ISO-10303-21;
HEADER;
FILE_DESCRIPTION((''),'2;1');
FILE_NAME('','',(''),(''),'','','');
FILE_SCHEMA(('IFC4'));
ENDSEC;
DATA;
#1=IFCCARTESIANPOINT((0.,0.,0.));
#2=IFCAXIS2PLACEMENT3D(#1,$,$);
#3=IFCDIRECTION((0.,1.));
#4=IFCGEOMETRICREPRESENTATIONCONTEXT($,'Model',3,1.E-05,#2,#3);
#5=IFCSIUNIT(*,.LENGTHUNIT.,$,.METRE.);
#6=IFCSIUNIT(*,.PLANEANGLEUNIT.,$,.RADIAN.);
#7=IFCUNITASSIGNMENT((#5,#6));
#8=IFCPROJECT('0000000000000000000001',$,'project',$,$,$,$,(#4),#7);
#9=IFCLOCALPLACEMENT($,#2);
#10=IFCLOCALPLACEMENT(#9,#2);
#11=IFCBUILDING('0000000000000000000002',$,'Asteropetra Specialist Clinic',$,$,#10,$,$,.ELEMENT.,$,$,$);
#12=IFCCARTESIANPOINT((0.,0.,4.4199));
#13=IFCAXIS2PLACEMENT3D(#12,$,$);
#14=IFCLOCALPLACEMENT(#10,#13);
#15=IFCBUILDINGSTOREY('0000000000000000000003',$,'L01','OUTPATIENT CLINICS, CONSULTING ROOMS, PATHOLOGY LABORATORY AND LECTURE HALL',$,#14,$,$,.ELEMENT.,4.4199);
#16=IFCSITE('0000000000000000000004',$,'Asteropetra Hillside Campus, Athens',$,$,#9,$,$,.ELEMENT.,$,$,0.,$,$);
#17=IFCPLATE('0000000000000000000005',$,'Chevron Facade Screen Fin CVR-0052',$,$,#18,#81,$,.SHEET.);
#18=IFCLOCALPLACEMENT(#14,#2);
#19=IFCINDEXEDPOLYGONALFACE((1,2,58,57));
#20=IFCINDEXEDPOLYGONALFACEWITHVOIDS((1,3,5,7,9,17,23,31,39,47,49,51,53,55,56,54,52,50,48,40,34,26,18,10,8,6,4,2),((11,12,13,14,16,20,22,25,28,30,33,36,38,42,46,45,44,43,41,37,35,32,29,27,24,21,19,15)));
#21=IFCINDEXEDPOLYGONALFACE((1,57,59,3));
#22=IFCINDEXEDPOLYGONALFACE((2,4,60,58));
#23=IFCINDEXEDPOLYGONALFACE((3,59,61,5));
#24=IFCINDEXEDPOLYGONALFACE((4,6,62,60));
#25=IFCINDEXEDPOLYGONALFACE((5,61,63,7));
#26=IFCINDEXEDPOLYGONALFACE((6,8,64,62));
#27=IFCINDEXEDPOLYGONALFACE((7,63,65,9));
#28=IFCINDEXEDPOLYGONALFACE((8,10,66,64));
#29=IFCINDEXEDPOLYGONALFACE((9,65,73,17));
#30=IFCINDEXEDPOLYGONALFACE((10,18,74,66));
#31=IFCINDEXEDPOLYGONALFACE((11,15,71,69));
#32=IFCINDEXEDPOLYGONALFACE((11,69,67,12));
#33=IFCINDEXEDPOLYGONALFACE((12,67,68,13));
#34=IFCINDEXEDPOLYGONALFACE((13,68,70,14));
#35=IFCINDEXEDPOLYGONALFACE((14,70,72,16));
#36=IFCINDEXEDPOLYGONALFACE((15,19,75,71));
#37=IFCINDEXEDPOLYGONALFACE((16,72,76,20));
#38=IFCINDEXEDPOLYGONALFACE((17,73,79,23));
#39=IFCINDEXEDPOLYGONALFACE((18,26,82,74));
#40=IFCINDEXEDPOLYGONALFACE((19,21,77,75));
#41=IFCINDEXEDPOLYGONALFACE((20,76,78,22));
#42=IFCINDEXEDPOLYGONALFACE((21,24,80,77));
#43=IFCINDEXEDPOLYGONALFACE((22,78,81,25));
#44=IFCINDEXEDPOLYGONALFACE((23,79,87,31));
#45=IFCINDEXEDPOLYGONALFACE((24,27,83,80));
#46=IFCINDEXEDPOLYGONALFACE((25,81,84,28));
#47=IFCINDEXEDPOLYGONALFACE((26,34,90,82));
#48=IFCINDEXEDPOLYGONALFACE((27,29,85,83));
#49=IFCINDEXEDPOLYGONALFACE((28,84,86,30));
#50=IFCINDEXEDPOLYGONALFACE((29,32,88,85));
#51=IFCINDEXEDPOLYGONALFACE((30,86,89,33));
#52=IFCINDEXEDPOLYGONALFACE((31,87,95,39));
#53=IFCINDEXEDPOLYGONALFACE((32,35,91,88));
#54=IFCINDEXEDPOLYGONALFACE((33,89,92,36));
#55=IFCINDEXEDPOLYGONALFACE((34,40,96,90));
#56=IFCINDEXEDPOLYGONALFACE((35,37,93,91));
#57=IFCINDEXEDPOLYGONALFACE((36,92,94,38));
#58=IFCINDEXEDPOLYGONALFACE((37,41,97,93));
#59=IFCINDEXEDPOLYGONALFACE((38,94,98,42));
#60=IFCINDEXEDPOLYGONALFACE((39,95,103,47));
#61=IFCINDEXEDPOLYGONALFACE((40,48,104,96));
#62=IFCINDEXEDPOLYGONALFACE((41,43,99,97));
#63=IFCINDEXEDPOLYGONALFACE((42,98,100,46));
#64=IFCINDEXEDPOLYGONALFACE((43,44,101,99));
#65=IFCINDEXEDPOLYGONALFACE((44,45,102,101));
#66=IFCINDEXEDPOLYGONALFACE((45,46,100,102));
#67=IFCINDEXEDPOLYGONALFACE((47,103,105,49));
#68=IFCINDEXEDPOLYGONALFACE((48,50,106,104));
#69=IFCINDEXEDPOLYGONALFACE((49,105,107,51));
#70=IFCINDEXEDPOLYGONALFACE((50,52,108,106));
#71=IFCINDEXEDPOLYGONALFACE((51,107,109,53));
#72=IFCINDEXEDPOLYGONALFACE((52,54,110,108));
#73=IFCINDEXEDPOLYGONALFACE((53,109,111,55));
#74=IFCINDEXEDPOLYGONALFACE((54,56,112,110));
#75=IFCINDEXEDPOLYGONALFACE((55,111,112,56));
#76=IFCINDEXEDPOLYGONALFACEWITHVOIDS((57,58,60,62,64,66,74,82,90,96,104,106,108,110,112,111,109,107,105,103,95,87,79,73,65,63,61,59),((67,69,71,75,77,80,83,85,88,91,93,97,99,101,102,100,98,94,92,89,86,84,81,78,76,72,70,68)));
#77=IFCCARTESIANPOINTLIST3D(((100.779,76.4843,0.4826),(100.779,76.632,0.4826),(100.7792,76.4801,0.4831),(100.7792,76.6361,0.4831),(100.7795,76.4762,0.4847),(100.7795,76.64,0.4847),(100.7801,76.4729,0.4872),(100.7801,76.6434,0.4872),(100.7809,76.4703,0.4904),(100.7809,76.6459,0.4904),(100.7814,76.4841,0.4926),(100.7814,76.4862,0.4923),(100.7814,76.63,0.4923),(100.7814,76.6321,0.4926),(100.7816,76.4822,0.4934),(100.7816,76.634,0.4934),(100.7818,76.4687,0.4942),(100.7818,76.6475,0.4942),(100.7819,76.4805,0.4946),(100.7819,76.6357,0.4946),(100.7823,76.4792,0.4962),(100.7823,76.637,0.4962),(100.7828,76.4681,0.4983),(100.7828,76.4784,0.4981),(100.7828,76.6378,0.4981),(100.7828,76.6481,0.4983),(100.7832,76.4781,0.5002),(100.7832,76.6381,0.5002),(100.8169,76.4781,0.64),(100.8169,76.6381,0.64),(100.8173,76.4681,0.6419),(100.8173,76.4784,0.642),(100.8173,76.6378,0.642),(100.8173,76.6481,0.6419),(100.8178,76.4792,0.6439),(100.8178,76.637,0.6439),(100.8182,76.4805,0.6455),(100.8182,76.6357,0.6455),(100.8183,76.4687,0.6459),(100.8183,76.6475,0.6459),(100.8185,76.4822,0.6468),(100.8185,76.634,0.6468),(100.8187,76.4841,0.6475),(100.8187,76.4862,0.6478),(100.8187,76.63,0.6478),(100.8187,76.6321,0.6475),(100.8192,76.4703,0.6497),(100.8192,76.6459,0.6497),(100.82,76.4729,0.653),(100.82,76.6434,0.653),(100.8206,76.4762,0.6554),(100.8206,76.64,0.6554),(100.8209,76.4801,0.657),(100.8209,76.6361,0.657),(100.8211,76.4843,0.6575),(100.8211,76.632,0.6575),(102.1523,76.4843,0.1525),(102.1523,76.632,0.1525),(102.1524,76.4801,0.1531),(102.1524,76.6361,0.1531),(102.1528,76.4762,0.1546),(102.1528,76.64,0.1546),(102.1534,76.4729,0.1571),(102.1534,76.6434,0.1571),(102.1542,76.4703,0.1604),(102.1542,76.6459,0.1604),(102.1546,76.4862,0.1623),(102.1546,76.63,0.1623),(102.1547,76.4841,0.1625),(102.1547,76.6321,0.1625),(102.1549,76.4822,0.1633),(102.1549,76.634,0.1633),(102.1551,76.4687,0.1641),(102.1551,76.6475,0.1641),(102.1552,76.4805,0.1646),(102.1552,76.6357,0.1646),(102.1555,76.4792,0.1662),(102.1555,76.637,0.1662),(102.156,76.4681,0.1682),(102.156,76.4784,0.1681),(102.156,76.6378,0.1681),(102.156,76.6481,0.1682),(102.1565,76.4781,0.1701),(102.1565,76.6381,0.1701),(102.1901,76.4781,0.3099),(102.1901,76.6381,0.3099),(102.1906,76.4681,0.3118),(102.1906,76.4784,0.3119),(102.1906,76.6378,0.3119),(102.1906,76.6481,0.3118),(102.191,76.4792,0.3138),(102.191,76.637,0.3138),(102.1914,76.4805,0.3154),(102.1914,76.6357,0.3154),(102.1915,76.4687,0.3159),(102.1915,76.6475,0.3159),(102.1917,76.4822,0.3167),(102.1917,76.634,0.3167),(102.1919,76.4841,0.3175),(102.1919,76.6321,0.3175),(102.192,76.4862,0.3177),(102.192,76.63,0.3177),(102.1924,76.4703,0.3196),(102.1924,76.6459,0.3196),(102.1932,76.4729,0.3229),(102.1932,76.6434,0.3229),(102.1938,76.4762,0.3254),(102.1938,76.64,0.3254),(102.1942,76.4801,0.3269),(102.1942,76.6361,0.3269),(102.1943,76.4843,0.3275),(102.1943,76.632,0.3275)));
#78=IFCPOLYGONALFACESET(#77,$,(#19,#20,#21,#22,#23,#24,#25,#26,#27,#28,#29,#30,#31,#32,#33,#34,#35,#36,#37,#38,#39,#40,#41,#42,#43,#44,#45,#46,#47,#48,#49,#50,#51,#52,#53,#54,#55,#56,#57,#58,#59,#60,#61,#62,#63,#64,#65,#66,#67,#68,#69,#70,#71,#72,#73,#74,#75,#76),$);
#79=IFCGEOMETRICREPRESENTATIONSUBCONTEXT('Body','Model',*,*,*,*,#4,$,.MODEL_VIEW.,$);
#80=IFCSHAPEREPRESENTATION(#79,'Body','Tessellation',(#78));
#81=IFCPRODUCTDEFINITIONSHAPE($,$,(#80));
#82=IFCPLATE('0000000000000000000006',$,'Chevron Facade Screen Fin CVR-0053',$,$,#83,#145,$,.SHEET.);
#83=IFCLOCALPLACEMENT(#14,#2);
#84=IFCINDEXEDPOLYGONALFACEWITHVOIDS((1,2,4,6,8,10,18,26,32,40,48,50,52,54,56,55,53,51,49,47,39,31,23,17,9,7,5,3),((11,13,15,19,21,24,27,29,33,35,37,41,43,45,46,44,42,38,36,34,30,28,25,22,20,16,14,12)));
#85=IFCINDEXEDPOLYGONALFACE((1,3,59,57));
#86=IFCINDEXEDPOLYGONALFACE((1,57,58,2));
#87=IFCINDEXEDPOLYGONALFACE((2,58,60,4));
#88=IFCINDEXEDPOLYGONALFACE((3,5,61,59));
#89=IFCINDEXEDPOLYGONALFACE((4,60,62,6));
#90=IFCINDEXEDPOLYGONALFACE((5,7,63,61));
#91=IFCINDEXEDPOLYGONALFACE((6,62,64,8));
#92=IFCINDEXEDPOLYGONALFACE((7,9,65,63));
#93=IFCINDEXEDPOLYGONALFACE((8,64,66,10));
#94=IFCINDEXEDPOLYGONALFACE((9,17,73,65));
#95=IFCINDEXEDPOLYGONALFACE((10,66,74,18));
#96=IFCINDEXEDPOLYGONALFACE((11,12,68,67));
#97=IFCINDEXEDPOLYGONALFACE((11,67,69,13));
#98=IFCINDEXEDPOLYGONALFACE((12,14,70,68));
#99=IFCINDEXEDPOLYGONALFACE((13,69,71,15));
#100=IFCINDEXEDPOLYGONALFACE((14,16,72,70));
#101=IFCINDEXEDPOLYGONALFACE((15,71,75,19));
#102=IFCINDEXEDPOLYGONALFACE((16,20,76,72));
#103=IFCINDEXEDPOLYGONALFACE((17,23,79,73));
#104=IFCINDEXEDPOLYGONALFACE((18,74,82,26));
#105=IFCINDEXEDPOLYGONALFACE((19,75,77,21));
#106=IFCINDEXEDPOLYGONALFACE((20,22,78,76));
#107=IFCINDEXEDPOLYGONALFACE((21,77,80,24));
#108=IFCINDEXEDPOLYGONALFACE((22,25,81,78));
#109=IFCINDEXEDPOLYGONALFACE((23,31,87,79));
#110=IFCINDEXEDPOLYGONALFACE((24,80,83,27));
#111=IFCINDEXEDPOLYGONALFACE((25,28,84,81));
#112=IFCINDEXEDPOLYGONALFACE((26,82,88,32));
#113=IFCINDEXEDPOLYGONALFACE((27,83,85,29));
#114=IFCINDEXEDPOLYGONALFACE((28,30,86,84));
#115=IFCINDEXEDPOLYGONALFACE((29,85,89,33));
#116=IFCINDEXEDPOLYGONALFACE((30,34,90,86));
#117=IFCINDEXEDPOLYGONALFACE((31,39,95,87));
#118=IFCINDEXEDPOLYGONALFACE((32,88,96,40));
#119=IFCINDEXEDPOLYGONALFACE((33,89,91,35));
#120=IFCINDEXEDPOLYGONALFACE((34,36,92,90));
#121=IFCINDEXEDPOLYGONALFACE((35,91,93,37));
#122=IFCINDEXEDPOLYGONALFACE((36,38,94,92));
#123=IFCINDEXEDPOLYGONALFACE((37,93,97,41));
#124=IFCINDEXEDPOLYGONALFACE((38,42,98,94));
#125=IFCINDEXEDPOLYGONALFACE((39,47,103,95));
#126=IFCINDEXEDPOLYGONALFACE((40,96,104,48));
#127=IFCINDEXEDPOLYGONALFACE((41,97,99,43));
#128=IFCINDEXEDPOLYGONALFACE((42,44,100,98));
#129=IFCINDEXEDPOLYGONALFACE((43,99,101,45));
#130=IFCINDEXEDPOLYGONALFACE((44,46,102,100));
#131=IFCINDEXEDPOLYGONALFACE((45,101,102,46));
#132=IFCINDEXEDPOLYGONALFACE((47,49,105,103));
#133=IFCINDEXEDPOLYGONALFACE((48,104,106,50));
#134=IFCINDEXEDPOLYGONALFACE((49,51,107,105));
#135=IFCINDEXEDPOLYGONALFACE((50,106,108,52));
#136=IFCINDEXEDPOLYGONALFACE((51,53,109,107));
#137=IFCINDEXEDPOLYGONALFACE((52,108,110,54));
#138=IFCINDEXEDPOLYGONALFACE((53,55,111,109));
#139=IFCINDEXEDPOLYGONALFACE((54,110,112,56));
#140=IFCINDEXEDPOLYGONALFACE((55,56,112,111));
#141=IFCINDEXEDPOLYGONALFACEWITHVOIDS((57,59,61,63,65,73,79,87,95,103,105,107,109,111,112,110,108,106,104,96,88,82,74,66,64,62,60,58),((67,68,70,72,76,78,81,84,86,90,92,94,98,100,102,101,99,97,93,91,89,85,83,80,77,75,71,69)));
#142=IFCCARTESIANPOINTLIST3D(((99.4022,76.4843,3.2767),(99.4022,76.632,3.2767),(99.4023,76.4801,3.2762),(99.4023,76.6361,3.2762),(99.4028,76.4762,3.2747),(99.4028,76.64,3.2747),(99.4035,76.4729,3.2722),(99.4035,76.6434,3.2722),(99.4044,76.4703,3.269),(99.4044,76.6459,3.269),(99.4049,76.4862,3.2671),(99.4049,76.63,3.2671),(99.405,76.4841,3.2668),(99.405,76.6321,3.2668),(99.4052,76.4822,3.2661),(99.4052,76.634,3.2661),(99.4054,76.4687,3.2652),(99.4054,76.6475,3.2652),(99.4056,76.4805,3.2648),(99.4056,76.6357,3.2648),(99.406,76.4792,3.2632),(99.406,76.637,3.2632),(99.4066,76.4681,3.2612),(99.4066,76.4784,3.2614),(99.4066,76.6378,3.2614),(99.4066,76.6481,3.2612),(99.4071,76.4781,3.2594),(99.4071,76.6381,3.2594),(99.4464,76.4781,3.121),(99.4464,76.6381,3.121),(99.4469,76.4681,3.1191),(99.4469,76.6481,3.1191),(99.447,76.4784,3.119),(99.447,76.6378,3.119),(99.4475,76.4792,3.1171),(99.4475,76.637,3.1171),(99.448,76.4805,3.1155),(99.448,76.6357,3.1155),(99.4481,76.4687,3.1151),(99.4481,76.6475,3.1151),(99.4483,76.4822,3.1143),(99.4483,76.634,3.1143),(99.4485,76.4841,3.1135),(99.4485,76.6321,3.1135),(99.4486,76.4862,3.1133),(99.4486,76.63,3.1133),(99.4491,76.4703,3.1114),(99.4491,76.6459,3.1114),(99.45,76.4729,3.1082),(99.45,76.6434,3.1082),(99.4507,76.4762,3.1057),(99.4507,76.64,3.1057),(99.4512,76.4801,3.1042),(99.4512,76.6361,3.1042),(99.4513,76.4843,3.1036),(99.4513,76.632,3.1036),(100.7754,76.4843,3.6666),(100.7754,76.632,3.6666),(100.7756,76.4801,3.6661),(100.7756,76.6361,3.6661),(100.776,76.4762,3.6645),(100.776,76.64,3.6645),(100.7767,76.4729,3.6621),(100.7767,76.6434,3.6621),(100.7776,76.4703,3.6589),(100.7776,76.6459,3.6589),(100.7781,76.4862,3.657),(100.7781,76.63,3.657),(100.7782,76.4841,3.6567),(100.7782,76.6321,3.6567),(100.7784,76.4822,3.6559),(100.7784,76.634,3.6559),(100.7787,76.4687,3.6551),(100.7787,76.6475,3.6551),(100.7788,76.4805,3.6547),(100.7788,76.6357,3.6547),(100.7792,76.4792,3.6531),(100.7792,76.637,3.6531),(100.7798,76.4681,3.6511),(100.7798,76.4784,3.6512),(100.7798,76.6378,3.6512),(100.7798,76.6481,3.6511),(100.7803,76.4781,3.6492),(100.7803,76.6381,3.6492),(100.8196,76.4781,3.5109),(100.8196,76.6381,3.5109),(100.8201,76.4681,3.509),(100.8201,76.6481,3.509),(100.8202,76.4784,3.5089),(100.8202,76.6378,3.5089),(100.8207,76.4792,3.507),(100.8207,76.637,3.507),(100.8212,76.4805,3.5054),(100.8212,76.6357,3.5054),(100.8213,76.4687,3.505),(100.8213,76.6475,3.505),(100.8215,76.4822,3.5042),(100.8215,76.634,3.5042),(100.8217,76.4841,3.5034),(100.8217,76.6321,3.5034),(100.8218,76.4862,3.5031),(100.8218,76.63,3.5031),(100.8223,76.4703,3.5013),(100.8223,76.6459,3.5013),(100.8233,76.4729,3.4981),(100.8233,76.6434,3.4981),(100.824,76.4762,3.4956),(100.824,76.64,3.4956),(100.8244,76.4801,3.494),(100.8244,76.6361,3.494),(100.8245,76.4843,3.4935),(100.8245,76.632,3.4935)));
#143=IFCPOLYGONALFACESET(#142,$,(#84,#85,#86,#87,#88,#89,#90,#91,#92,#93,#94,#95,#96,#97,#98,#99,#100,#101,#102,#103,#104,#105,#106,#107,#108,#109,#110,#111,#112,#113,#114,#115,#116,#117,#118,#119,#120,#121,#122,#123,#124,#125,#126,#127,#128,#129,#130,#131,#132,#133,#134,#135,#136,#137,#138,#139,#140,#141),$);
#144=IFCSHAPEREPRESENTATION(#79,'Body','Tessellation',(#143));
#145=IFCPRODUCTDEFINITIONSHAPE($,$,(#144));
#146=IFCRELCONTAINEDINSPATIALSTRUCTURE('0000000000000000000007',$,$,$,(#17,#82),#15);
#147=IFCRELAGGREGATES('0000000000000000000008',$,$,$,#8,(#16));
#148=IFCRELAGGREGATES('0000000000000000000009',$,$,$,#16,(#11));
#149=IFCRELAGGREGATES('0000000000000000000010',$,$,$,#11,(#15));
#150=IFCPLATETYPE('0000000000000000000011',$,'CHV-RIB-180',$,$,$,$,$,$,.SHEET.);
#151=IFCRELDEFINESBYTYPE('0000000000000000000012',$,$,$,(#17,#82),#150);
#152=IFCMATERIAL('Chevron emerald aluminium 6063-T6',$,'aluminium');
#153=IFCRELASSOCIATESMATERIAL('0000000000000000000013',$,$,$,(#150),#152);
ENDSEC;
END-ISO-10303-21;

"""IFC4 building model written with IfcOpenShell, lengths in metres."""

from ifc_helpers import new_model, si_unit, direction, frame, origin, origin_2d, place, context, subcontext, project, spatial, hollow_rectangle, extrude, material, material_profile, profile_set, type_object, element, save


model = new_model("IFC4")

# Units and contexts
model_context = context("Model", 3, precision=1e-05, world=origin(), true_north=direction((0.0, 1.0)))
body_context = subcontext(model_context, "Body", "Model", "MODEL_VIEW")
ifc_project = project(units=[si_unit("LENGTHUNIT", "METRE"), si_unit("PLANEANGLEUNIT", "RADIAN")], contexts=[model_context])

# Site, building, storey
site_placement = place(None, origin())
site = spatial("IfcSite", under=ifc_project, at=site_placement, Name="Asteropetra Hillside Campus, Athens", CompositionType="ELEMENT", RefElevation=0.0)
building_placement = place(site_placement, origin())
building = spatial("IfcBuilding", under=site, at=building_placement, Name="Asteropetra Specialist Clinic", CompositionType="ELEMENT")
storey_placement = place(building_placement, frame((0.0, 0.0, 4.4199)))
storey = spatial("IfcBuildingStorey", under=building, at=storey_placement, Name="L01", Description="OUTPATIENT CLINICS, CONSULTING ROOMS, PATHOLOGY LABORATORY AND LECTURE HALL", CompositionType="ELEMENT", Elevation=4.4199)

# Plates
ifc_material_1 = material(Name="Chevron emerald aluminium 6063-T6", Category="aluminium")
ifc_material_profile_1 = material_profile(ifc_material_1, hollow_rectangle(XDim=0.1799, YDim=0.1799, WallThickness=0.01, InnerFilletRadius=0.0081, OuterFilletRadius=0.0161, at=origin_2d()), Name="SHS 180x180x10.0")
ifc_profile_set_1 = profile_set([ifc_material_profile_1], Name="Chevron emerald aluminium 6063-T6")
plate_type = type_object("IfcPlateType", Name="CHV-RIB-180", PredefinedType="SHEET", material=ifc_profile_set_1)
for number, where, z_axis, x_axis, name in (
    (1, (100.8, 76.5581, 0.5701), (0.972309, 0.0, -0.2337), (0.0, 1.0, 0.0), "Chevron Facade Screen Fin CVR-0052"),
):
    element("IfcPlate", number, at=place(storey_placement, frame(where, z_axis=z_axis, x_axis=x_axis)), inside=storey, type_object=plate_type, Name=name, PredefinedType="SHEET", context=body_context, shape_type="SweptSolid", body=[
        extrude(hollow_rectangle(XDim=0.1799, YDim=0.1799, WallThickness=0.01, InnerFilletRadius=0.0081, OuterFilletRadius=0.0161, at=origin_2d()), origin(), (0.0, 0.0, 1.0), 1.4124),
    ])
for number, where, z_axis, x_axis, name in (
    (2, (99.4268, 76.5581, 3.1902), (0.961981, 0.0, 0.273117), (0.0, 1.0, 0.0), "Chevron Facade Screen Fin CVR-0053"),
):
    element("IfcPlate", number, at=place(storey_placement, frame(where, z_axis=z_axis, x_axis=x_axis)), inside=storey, type_object=plate_type, Name=name, PredefinedType="SHEET", context=body_context, shape_type="SweptSolid", body=[
        extrude(hollow_rectangle(XDim=0.1799, YDim=0.1799, WallThickness=0.01, InnerFilletRadius=0.0081, OuterFilletRadius=0.0161, at=origin_2d()), origin(), (0.0, 0.0, 1.0), 1.4275),
    ])

save(model, "model.ifc")
